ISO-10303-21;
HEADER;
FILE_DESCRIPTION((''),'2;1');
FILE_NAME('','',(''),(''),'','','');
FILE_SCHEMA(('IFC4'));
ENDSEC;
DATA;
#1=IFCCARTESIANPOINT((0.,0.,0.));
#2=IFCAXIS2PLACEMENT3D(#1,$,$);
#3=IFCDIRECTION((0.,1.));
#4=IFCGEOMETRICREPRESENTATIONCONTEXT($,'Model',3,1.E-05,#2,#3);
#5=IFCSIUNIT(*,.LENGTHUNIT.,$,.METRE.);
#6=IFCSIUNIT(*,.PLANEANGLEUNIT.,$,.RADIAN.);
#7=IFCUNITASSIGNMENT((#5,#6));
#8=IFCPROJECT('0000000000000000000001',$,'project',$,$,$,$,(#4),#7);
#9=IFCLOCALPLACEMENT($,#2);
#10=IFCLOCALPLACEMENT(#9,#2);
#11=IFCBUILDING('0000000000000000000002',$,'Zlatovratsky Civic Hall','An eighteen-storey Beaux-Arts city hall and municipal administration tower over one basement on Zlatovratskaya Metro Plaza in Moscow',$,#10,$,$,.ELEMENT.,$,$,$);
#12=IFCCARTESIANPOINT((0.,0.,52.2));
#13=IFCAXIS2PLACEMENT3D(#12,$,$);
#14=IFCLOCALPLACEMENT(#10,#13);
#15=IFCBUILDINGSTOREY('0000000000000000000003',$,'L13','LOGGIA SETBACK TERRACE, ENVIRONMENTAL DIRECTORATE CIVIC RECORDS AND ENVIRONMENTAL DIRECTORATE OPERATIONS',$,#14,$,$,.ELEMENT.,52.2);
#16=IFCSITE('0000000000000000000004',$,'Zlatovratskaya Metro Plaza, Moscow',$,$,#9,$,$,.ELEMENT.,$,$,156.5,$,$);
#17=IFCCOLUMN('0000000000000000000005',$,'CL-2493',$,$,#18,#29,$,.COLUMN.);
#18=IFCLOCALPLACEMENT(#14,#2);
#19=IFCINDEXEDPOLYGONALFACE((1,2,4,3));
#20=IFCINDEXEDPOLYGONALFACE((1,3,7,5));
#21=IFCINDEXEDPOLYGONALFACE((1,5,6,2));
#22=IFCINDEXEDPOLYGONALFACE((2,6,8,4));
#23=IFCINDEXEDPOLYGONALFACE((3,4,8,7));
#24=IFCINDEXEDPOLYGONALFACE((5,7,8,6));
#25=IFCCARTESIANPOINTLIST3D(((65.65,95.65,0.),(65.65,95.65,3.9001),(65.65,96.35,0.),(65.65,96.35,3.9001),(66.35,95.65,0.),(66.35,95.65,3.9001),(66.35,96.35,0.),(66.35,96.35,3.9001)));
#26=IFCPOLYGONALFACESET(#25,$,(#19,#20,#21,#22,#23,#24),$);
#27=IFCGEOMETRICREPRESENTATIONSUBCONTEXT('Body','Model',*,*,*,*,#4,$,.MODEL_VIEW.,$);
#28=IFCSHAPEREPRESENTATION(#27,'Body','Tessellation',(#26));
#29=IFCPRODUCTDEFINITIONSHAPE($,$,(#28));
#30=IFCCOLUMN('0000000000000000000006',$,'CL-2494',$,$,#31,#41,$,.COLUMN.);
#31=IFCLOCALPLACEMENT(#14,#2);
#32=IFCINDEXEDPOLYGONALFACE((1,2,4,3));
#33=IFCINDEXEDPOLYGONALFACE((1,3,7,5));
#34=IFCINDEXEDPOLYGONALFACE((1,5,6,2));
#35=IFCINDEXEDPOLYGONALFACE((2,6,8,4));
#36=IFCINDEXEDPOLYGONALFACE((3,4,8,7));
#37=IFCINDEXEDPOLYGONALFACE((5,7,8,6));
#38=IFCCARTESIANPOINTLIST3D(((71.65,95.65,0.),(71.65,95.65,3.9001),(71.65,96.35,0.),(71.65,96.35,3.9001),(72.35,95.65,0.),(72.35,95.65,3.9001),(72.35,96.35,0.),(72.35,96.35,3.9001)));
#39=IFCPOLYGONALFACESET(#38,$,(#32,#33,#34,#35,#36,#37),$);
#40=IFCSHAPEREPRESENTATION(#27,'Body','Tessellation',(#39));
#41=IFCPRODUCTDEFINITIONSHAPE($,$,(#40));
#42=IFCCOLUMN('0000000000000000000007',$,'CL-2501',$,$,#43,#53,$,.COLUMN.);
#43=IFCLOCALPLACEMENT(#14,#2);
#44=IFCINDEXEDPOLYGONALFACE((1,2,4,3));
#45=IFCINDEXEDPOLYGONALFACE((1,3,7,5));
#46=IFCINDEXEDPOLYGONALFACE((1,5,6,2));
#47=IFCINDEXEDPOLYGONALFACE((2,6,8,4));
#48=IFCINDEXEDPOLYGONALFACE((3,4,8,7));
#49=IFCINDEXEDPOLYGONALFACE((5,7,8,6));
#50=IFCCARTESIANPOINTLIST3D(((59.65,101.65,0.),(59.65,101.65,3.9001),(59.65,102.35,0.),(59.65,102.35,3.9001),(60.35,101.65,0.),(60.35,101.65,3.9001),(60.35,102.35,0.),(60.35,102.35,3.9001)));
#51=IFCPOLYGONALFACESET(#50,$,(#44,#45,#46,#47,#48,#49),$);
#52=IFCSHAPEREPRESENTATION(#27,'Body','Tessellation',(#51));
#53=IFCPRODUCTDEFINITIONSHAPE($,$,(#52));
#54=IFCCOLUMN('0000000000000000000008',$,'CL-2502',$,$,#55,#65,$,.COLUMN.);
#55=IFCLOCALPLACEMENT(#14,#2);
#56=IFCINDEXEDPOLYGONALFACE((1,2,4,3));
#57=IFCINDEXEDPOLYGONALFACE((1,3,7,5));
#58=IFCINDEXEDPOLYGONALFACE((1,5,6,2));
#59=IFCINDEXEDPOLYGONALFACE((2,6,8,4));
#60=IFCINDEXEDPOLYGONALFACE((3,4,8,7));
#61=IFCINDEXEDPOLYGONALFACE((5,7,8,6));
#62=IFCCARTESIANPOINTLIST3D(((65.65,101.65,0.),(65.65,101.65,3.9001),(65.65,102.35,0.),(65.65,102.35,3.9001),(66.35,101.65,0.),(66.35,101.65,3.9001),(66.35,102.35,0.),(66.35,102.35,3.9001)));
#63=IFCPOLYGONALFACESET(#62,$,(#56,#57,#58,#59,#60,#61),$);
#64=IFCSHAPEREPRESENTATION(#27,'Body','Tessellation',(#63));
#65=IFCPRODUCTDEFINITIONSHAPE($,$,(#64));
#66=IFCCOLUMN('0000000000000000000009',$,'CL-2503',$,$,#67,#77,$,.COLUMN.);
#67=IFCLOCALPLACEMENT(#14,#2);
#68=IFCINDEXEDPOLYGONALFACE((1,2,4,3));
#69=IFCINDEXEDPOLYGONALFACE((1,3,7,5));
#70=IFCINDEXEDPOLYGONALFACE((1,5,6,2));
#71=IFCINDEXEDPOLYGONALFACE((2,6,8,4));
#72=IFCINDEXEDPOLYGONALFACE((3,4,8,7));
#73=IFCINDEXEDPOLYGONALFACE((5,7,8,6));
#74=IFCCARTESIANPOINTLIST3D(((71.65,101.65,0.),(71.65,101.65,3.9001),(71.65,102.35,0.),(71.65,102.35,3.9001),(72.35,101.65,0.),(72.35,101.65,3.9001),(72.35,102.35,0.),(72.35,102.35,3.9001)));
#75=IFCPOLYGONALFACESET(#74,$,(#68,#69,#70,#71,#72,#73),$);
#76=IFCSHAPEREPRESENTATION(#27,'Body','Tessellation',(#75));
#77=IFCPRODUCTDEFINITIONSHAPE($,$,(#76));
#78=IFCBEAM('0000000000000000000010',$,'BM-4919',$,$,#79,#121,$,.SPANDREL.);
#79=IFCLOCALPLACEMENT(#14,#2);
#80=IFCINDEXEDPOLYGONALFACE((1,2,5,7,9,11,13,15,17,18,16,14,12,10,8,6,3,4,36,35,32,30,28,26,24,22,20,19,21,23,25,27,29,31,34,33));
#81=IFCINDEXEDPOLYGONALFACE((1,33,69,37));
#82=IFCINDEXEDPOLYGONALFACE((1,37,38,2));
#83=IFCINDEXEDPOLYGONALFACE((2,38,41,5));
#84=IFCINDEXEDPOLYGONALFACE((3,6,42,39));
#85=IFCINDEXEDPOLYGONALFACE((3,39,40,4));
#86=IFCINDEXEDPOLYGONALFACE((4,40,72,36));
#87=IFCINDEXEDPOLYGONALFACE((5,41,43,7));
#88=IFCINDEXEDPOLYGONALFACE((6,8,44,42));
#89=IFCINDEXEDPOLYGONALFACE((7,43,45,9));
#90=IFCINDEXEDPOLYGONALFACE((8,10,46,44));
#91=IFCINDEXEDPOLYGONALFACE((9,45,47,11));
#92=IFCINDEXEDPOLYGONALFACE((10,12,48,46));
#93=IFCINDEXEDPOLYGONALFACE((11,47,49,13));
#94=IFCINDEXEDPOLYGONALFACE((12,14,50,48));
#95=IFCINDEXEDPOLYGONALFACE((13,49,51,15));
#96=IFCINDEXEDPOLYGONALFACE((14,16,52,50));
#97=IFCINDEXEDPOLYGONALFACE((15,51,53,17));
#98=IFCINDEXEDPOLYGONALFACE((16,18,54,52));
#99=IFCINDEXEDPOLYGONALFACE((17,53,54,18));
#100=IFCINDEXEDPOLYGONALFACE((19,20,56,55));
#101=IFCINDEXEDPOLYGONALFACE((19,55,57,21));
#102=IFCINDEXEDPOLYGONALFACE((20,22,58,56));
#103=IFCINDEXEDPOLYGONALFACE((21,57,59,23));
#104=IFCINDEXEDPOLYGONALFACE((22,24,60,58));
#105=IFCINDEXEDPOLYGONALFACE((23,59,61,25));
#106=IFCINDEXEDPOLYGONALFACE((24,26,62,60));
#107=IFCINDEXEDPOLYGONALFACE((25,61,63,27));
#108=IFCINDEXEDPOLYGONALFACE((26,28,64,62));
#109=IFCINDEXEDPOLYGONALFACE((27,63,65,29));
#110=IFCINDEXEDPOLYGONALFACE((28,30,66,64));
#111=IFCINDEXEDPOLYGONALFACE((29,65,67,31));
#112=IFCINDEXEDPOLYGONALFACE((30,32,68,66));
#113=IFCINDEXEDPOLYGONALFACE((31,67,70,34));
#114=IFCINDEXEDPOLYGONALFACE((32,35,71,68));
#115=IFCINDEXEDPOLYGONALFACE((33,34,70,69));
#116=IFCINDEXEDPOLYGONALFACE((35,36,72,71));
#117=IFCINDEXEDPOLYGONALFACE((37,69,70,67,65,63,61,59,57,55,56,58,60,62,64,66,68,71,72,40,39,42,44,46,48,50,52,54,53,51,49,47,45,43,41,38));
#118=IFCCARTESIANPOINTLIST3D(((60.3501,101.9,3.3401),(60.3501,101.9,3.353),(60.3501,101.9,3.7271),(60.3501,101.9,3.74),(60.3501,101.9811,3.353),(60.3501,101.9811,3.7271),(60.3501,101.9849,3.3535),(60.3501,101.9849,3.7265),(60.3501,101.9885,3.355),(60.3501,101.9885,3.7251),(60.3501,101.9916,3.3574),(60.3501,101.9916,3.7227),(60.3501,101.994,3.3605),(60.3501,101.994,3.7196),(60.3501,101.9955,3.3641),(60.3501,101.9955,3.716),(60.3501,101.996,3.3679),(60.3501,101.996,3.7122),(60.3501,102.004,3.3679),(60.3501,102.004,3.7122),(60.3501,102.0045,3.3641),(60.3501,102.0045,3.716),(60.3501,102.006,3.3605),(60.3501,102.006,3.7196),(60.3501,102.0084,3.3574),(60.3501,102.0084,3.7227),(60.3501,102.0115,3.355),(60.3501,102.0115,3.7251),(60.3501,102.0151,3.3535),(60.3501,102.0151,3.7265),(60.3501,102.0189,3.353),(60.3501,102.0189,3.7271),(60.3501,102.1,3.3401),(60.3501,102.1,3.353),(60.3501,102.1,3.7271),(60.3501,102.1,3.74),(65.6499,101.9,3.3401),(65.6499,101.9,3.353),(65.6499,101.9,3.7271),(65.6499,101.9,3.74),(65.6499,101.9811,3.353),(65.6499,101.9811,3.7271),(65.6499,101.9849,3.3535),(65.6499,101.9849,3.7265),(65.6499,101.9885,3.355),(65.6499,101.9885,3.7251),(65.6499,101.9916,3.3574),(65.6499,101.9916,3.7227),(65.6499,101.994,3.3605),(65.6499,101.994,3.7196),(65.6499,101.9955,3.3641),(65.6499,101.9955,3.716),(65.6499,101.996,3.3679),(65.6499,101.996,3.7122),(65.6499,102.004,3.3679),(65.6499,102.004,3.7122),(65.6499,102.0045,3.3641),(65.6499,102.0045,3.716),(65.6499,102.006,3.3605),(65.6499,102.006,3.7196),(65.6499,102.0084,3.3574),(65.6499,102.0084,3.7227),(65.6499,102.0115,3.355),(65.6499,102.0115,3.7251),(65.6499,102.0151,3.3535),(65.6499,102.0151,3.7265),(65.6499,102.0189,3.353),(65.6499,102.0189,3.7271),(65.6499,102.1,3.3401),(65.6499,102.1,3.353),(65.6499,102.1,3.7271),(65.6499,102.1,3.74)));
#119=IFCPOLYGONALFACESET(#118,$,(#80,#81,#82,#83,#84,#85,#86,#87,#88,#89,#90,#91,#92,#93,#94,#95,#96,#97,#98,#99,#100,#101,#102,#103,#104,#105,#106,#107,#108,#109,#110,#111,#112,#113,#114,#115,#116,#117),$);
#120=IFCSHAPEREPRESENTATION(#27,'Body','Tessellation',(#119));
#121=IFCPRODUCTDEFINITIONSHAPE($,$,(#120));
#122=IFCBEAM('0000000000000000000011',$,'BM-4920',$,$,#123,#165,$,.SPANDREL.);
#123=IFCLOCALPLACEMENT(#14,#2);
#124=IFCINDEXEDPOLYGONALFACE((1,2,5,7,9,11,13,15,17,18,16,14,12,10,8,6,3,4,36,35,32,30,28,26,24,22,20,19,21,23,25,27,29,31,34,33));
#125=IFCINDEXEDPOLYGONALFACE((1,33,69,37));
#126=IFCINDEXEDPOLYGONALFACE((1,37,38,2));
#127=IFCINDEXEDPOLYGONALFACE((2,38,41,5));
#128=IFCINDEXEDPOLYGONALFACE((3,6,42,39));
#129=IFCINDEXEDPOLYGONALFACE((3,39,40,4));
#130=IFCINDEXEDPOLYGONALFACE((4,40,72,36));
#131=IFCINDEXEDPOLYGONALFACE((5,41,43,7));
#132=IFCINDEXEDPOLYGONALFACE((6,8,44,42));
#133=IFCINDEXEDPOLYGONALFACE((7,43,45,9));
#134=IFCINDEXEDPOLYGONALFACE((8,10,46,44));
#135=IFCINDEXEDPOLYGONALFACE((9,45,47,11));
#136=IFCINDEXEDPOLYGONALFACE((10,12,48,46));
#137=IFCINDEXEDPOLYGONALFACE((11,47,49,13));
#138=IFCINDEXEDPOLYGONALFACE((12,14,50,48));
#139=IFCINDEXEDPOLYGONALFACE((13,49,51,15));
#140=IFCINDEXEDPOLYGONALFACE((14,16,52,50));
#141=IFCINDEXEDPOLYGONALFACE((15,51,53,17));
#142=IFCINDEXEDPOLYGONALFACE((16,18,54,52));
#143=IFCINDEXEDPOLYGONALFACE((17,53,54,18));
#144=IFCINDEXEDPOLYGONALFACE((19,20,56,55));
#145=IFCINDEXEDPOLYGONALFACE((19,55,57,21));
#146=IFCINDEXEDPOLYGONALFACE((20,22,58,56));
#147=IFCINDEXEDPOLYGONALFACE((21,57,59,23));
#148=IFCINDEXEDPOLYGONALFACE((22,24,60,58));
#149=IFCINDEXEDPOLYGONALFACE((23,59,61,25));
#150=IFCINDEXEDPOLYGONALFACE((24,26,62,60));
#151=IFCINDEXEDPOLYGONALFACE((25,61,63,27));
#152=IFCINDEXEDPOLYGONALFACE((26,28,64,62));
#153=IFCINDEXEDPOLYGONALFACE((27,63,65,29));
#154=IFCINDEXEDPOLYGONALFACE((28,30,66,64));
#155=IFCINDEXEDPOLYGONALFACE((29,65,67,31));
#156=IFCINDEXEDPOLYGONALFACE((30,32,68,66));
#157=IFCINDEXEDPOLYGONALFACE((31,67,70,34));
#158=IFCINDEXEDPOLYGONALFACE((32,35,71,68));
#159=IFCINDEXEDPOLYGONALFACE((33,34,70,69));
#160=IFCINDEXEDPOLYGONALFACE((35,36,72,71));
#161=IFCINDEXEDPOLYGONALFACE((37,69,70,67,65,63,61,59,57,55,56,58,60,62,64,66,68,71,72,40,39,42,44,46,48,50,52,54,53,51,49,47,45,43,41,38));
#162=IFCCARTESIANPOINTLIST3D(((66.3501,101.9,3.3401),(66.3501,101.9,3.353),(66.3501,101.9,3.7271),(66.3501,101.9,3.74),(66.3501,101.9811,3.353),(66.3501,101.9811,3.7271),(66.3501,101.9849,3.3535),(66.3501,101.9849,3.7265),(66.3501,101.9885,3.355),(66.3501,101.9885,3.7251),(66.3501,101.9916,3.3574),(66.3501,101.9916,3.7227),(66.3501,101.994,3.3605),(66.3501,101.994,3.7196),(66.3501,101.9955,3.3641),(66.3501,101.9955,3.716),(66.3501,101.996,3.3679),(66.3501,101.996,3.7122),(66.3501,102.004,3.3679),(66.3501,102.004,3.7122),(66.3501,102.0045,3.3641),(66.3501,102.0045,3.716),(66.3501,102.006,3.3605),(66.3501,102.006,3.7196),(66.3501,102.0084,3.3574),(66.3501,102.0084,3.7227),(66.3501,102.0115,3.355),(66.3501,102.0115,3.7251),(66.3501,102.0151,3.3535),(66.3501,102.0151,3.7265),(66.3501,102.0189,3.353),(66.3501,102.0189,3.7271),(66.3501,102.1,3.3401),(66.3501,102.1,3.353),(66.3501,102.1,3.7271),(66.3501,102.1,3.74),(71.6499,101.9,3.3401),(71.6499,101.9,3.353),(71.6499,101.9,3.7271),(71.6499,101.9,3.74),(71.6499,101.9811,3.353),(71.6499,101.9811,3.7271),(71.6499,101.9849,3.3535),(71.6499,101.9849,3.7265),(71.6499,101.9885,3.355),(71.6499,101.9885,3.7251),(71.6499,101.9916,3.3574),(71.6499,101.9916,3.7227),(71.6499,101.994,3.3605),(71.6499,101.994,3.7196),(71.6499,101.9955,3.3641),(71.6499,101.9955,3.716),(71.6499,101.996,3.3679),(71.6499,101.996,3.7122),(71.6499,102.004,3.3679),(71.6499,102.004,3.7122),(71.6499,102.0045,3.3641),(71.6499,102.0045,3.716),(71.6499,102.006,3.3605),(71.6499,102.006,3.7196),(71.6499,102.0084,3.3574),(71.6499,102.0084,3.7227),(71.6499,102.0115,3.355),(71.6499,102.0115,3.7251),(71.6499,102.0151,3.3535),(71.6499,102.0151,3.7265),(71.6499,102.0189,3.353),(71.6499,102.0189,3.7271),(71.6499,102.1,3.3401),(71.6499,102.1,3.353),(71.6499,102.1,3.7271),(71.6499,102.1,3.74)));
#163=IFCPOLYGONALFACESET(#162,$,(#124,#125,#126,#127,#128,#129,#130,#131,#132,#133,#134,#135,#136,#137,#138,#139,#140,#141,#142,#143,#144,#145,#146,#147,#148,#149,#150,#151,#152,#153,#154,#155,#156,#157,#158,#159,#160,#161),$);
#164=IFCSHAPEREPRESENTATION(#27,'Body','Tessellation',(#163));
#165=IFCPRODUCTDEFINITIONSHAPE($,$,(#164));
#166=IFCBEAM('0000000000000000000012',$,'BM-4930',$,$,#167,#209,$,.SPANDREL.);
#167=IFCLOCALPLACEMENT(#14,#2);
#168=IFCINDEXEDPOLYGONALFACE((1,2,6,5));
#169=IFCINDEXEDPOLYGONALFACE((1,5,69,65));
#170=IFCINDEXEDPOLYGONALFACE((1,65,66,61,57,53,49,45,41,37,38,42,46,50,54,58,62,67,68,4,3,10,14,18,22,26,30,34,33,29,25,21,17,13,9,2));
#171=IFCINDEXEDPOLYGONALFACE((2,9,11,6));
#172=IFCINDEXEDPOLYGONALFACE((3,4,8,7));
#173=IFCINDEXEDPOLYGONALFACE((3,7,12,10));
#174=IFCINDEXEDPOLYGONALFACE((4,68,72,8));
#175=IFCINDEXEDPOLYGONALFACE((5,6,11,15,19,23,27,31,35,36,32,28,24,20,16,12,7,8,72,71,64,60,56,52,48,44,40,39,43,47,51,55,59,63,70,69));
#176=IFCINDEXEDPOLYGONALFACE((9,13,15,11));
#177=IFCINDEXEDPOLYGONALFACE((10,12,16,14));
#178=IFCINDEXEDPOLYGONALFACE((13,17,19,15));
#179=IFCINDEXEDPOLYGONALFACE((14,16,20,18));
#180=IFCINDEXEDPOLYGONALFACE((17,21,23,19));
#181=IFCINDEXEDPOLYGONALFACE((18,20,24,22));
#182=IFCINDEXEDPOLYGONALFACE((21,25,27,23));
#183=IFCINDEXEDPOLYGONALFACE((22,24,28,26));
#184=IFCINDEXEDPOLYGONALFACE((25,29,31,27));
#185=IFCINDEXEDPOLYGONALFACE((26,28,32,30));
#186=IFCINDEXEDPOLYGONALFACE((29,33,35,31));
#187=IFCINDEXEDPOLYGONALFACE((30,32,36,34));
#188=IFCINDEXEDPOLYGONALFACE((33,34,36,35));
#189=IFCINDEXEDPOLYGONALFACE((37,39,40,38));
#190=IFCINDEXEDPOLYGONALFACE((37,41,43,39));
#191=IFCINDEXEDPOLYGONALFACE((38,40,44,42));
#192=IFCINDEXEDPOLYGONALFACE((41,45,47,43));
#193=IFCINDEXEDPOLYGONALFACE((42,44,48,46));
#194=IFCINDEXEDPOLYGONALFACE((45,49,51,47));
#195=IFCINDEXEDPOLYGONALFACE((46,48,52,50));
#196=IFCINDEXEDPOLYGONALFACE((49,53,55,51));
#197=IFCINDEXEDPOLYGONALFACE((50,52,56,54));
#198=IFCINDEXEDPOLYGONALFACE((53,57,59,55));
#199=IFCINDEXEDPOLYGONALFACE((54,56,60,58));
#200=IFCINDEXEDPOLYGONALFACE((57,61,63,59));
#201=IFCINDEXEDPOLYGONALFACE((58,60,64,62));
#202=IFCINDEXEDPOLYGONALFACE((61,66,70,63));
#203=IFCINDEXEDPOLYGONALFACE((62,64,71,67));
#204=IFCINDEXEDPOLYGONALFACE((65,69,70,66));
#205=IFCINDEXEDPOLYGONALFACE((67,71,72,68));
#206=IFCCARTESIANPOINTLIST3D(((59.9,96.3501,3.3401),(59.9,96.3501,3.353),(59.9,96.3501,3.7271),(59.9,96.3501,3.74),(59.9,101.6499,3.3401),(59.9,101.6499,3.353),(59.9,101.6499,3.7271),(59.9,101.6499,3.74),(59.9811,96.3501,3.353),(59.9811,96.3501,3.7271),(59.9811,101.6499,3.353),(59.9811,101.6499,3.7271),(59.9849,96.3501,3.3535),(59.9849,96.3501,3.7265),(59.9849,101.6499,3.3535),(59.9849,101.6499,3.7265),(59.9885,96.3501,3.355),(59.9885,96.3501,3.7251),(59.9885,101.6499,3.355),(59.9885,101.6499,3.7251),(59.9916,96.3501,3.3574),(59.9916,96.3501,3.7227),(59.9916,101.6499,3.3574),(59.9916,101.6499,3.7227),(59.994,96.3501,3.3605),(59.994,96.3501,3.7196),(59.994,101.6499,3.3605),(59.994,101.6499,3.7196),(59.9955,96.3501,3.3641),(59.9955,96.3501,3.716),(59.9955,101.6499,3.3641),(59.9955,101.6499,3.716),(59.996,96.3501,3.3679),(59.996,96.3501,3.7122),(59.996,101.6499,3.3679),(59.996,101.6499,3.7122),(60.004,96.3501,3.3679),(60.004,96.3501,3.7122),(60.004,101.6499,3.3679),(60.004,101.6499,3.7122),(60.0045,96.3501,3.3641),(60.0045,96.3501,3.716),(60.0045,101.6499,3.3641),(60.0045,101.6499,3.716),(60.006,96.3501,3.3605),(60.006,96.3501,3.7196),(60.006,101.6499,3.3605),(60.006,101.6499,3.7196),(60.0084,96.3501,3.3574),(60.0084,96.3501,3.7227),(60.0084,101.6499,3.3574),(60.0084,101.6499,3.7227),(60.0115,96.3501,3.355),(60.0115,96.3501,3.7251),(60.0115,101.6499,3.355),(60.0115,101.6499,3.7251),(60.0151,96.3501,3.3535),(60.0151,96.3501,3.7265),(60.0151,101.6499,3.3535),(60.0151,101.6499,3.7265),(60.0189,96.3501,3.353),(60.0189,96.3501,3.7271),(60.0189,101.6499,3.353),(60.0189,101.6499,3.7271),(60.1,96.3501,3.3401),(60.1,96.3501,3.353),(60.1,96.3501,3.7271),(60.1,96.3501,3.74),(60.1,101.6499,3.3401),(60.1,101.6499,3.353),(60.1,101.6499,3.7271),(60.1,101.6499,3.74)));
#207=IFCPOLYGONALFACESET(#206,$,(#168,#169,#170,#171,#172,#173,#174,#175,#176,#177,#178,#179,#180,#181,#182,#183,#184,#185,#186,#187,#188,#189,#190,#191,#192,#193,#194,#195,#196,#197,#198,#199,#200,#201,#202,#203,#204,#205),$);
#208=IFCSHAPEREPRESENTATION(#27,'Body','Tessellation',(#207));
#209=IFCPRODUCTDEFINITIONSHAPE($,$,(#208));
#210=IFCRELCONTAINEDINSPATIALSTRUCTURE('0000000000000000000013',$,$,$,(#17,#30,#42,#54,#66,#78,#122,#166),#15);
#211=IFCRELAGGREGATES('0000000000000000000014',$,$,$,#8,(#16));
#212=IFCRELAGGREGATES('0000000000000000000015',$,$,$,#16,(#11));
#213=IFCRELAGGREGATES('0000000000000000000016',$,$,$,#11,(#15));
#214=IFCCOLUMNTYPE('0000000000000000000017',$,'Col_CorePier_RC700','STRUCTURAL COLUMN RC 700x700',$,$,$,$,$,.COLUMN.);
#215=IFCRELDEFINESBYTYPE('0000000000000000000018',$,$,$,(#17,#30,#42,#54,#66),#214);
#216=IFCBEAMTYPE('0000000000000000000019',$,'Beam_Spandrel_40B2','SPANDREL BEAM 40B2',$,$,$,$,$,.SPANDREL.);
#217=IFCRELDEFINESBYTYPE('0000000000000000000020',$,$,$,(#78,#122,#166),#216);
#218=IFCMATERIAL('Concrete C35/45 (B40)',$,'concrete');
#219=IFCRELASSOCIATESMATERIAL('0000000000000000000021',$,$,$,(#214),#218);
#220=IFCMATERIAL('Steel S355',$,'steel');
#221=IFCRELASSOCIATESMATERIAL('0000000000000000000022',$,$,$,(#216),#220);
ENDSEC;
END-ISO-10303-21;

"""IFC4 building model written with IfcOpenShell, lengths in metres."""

from ifc_helpers import new_model, si_unit, direction, frame, origin, origin_2d, place, context, subcontext, project, spatial, rectangle, i_section, extrude, material, material_profile, profile_set, type_object, element, save


model = new_model("IFC4")

# Units and contexts
model_context = context("Model", 3, precision=1e-05, world=origin(), true_north=direction((0.0, 1.0)))
body_context = subcontext(model_context, "Body", "Model", "MODEL_VIEW")
ifc_project = project(units=[si_unit("LENGTHUNIT", "METRE"), si_unit("PLANEANGLEUNIT", "RADIAN")], contexts=[model_context])

# Site, building, storey
site_placement = place(None, origin())
site = spatial("IfcSite", under=ifc_project, at=site_placement, Name="Zlatovratskaya Metro Plaza, Moscow", CompositionType="ELEMENT", RefElevation=156.5)
building_placement = place(site_placement, origin())
building = spatial("IfcBuilding", under=site, at=building_placement, Name="Zlatovratsky Civic Hall", Description="An eighteen-storey Beaux-Arts city hall and municipal administration tower over one basement on Zlatovratskaya Metro Plaza in Moscow", CompositionType="ELEMENT")
storey_placement = place(building_placement, frame((0.0, 0.0, 52.2)))
storey = spatial("IfcBuildingStorey", under=building, at=storey_placement, Name="L13", Description="LOGGIA SETBACK TERRACE, ENVIRONMENTAL DIRECTORATE CIVIC RECORDS AND ENVIRONMENTAL DIRECTORATE OPERATIONS", CompositionType="ELEMENT", Elevation=52.2)

# Columns
ifc_material_1 = material(Name="Concrete C35/45 (B40)", Category="concrete")
ifc_material_profile_1 = material_profile(ifc_material_1, rectangle(XDim=0.7, YDim=0.7, at=origin_2d()), Name="RC 700x700")
ifc_profile_set_1 = profile_set([ifc_material_profile_1], Name="Concrete C35/45 (B40)")
column_type = type_object("IfcColumnType", Name="Col_CorePier_RC700", Description="STRUCTURAL COLUMN RC 700x700", PredefinedType="COLUMN", material=ifc_profile_set_1)
for number, where, z_axis, x_axis, name in (
    (1, (66.0, 96.0, 0.0), (0.0, 0.0, 1.0), (1.0, 0.0, 0.0), "CL-2493"),
    (2, (72.0, 96.0, 0.0), (0.0, 0.0, 1.0), (1.0, 0.0, 0.0), "CL-2494"),
    (3, (60.0, 102.0, 0.0), (0.0, 0.0, 1.0), (1.0, 0.0, 0.0), "CL-2501"),
    (4, (66.0, 102.0, 0.0), (0.0, 0.0, 1.0), (1.0, 0.0, 0.0), "CL-2502"),
    (5, (72.0, 102.0, 0.0), (0.0, 0.0, 1.0), (1.0, 0.0, 0.0), "CL-2503"),
):
    element("IfcColumn", number, at=place(storey_placement, frame(where, z_axis=z_axis, x_axis=x_axis)), inside=storey, type_object=column_type, Name=name, PredefinedType="COLUMN", context=body_context, shape_type="SweptSolid", body=[
        extrude(rectangle(XDim=0.7, YDim=0.7, at=origin_2d()), origin(), (0.0, 0.0, 1.0), 3.9001),
    ])

# Beams
ifc_material_2 = material(Name="Steel S355", Category="steel")
ifc_material_profile_2 = material_profile(ifc_material_2, i_section(OverallWidth=0.2, OverallDepth=0.3999, WebThickness=0.0081, FlangeThickness=0.0129, FilletRadius=0.0149, at=origin_2d()), Name="40B2")
ifc_profile_set_2 = profile_set([ifc_material_profile_2], Name="Steel S355")
beam_type_1 = type_object("IfcBeamType", Name="Beam_Spandrel_40B2", Description="SPANDREL BEAM 40B2", PredefinedType="SPANDREL", material=ifc_profile_set_2)
for number, where, z_axis, x_axis, name in (
    (6, (60.3501, 102.0, 3.54), (1.0, 0.0, 0.0), (0.0, 1.0, 0.0), "BM-4919"),
    (7, (66.3501, 102.0, 3.54), (1.0, 0.0, 0.0), (0.0, 1.0, 0.0), "BM-4920"),
    (8, (60.0, 96.3501, 3.54), (0.0, 1.0, 0.0), (-1.0, 0.0, 0.0), "BM-4930"),
):
    element("IfcBeam", number, at=place(storey_placement, frame(where, z_axis=z_axis, x_axis=x_axis)), inside=storey, type_object=beam_type_1, Name=name, PredefinedType="SPANDREL", context=body_context, shape_type="SweptSolid", body=[
        extrude(i_section(OverallWidth=0.2, OverallDepth=0.3999, WebThickness=0.0081, FlangeThickness=0.0129, FilletRadius=0.0149, at=origin_2d()), origin(), (0.0, 0.0, 1.0), 5.2998),
    ])

save(model, "model.ifc")
